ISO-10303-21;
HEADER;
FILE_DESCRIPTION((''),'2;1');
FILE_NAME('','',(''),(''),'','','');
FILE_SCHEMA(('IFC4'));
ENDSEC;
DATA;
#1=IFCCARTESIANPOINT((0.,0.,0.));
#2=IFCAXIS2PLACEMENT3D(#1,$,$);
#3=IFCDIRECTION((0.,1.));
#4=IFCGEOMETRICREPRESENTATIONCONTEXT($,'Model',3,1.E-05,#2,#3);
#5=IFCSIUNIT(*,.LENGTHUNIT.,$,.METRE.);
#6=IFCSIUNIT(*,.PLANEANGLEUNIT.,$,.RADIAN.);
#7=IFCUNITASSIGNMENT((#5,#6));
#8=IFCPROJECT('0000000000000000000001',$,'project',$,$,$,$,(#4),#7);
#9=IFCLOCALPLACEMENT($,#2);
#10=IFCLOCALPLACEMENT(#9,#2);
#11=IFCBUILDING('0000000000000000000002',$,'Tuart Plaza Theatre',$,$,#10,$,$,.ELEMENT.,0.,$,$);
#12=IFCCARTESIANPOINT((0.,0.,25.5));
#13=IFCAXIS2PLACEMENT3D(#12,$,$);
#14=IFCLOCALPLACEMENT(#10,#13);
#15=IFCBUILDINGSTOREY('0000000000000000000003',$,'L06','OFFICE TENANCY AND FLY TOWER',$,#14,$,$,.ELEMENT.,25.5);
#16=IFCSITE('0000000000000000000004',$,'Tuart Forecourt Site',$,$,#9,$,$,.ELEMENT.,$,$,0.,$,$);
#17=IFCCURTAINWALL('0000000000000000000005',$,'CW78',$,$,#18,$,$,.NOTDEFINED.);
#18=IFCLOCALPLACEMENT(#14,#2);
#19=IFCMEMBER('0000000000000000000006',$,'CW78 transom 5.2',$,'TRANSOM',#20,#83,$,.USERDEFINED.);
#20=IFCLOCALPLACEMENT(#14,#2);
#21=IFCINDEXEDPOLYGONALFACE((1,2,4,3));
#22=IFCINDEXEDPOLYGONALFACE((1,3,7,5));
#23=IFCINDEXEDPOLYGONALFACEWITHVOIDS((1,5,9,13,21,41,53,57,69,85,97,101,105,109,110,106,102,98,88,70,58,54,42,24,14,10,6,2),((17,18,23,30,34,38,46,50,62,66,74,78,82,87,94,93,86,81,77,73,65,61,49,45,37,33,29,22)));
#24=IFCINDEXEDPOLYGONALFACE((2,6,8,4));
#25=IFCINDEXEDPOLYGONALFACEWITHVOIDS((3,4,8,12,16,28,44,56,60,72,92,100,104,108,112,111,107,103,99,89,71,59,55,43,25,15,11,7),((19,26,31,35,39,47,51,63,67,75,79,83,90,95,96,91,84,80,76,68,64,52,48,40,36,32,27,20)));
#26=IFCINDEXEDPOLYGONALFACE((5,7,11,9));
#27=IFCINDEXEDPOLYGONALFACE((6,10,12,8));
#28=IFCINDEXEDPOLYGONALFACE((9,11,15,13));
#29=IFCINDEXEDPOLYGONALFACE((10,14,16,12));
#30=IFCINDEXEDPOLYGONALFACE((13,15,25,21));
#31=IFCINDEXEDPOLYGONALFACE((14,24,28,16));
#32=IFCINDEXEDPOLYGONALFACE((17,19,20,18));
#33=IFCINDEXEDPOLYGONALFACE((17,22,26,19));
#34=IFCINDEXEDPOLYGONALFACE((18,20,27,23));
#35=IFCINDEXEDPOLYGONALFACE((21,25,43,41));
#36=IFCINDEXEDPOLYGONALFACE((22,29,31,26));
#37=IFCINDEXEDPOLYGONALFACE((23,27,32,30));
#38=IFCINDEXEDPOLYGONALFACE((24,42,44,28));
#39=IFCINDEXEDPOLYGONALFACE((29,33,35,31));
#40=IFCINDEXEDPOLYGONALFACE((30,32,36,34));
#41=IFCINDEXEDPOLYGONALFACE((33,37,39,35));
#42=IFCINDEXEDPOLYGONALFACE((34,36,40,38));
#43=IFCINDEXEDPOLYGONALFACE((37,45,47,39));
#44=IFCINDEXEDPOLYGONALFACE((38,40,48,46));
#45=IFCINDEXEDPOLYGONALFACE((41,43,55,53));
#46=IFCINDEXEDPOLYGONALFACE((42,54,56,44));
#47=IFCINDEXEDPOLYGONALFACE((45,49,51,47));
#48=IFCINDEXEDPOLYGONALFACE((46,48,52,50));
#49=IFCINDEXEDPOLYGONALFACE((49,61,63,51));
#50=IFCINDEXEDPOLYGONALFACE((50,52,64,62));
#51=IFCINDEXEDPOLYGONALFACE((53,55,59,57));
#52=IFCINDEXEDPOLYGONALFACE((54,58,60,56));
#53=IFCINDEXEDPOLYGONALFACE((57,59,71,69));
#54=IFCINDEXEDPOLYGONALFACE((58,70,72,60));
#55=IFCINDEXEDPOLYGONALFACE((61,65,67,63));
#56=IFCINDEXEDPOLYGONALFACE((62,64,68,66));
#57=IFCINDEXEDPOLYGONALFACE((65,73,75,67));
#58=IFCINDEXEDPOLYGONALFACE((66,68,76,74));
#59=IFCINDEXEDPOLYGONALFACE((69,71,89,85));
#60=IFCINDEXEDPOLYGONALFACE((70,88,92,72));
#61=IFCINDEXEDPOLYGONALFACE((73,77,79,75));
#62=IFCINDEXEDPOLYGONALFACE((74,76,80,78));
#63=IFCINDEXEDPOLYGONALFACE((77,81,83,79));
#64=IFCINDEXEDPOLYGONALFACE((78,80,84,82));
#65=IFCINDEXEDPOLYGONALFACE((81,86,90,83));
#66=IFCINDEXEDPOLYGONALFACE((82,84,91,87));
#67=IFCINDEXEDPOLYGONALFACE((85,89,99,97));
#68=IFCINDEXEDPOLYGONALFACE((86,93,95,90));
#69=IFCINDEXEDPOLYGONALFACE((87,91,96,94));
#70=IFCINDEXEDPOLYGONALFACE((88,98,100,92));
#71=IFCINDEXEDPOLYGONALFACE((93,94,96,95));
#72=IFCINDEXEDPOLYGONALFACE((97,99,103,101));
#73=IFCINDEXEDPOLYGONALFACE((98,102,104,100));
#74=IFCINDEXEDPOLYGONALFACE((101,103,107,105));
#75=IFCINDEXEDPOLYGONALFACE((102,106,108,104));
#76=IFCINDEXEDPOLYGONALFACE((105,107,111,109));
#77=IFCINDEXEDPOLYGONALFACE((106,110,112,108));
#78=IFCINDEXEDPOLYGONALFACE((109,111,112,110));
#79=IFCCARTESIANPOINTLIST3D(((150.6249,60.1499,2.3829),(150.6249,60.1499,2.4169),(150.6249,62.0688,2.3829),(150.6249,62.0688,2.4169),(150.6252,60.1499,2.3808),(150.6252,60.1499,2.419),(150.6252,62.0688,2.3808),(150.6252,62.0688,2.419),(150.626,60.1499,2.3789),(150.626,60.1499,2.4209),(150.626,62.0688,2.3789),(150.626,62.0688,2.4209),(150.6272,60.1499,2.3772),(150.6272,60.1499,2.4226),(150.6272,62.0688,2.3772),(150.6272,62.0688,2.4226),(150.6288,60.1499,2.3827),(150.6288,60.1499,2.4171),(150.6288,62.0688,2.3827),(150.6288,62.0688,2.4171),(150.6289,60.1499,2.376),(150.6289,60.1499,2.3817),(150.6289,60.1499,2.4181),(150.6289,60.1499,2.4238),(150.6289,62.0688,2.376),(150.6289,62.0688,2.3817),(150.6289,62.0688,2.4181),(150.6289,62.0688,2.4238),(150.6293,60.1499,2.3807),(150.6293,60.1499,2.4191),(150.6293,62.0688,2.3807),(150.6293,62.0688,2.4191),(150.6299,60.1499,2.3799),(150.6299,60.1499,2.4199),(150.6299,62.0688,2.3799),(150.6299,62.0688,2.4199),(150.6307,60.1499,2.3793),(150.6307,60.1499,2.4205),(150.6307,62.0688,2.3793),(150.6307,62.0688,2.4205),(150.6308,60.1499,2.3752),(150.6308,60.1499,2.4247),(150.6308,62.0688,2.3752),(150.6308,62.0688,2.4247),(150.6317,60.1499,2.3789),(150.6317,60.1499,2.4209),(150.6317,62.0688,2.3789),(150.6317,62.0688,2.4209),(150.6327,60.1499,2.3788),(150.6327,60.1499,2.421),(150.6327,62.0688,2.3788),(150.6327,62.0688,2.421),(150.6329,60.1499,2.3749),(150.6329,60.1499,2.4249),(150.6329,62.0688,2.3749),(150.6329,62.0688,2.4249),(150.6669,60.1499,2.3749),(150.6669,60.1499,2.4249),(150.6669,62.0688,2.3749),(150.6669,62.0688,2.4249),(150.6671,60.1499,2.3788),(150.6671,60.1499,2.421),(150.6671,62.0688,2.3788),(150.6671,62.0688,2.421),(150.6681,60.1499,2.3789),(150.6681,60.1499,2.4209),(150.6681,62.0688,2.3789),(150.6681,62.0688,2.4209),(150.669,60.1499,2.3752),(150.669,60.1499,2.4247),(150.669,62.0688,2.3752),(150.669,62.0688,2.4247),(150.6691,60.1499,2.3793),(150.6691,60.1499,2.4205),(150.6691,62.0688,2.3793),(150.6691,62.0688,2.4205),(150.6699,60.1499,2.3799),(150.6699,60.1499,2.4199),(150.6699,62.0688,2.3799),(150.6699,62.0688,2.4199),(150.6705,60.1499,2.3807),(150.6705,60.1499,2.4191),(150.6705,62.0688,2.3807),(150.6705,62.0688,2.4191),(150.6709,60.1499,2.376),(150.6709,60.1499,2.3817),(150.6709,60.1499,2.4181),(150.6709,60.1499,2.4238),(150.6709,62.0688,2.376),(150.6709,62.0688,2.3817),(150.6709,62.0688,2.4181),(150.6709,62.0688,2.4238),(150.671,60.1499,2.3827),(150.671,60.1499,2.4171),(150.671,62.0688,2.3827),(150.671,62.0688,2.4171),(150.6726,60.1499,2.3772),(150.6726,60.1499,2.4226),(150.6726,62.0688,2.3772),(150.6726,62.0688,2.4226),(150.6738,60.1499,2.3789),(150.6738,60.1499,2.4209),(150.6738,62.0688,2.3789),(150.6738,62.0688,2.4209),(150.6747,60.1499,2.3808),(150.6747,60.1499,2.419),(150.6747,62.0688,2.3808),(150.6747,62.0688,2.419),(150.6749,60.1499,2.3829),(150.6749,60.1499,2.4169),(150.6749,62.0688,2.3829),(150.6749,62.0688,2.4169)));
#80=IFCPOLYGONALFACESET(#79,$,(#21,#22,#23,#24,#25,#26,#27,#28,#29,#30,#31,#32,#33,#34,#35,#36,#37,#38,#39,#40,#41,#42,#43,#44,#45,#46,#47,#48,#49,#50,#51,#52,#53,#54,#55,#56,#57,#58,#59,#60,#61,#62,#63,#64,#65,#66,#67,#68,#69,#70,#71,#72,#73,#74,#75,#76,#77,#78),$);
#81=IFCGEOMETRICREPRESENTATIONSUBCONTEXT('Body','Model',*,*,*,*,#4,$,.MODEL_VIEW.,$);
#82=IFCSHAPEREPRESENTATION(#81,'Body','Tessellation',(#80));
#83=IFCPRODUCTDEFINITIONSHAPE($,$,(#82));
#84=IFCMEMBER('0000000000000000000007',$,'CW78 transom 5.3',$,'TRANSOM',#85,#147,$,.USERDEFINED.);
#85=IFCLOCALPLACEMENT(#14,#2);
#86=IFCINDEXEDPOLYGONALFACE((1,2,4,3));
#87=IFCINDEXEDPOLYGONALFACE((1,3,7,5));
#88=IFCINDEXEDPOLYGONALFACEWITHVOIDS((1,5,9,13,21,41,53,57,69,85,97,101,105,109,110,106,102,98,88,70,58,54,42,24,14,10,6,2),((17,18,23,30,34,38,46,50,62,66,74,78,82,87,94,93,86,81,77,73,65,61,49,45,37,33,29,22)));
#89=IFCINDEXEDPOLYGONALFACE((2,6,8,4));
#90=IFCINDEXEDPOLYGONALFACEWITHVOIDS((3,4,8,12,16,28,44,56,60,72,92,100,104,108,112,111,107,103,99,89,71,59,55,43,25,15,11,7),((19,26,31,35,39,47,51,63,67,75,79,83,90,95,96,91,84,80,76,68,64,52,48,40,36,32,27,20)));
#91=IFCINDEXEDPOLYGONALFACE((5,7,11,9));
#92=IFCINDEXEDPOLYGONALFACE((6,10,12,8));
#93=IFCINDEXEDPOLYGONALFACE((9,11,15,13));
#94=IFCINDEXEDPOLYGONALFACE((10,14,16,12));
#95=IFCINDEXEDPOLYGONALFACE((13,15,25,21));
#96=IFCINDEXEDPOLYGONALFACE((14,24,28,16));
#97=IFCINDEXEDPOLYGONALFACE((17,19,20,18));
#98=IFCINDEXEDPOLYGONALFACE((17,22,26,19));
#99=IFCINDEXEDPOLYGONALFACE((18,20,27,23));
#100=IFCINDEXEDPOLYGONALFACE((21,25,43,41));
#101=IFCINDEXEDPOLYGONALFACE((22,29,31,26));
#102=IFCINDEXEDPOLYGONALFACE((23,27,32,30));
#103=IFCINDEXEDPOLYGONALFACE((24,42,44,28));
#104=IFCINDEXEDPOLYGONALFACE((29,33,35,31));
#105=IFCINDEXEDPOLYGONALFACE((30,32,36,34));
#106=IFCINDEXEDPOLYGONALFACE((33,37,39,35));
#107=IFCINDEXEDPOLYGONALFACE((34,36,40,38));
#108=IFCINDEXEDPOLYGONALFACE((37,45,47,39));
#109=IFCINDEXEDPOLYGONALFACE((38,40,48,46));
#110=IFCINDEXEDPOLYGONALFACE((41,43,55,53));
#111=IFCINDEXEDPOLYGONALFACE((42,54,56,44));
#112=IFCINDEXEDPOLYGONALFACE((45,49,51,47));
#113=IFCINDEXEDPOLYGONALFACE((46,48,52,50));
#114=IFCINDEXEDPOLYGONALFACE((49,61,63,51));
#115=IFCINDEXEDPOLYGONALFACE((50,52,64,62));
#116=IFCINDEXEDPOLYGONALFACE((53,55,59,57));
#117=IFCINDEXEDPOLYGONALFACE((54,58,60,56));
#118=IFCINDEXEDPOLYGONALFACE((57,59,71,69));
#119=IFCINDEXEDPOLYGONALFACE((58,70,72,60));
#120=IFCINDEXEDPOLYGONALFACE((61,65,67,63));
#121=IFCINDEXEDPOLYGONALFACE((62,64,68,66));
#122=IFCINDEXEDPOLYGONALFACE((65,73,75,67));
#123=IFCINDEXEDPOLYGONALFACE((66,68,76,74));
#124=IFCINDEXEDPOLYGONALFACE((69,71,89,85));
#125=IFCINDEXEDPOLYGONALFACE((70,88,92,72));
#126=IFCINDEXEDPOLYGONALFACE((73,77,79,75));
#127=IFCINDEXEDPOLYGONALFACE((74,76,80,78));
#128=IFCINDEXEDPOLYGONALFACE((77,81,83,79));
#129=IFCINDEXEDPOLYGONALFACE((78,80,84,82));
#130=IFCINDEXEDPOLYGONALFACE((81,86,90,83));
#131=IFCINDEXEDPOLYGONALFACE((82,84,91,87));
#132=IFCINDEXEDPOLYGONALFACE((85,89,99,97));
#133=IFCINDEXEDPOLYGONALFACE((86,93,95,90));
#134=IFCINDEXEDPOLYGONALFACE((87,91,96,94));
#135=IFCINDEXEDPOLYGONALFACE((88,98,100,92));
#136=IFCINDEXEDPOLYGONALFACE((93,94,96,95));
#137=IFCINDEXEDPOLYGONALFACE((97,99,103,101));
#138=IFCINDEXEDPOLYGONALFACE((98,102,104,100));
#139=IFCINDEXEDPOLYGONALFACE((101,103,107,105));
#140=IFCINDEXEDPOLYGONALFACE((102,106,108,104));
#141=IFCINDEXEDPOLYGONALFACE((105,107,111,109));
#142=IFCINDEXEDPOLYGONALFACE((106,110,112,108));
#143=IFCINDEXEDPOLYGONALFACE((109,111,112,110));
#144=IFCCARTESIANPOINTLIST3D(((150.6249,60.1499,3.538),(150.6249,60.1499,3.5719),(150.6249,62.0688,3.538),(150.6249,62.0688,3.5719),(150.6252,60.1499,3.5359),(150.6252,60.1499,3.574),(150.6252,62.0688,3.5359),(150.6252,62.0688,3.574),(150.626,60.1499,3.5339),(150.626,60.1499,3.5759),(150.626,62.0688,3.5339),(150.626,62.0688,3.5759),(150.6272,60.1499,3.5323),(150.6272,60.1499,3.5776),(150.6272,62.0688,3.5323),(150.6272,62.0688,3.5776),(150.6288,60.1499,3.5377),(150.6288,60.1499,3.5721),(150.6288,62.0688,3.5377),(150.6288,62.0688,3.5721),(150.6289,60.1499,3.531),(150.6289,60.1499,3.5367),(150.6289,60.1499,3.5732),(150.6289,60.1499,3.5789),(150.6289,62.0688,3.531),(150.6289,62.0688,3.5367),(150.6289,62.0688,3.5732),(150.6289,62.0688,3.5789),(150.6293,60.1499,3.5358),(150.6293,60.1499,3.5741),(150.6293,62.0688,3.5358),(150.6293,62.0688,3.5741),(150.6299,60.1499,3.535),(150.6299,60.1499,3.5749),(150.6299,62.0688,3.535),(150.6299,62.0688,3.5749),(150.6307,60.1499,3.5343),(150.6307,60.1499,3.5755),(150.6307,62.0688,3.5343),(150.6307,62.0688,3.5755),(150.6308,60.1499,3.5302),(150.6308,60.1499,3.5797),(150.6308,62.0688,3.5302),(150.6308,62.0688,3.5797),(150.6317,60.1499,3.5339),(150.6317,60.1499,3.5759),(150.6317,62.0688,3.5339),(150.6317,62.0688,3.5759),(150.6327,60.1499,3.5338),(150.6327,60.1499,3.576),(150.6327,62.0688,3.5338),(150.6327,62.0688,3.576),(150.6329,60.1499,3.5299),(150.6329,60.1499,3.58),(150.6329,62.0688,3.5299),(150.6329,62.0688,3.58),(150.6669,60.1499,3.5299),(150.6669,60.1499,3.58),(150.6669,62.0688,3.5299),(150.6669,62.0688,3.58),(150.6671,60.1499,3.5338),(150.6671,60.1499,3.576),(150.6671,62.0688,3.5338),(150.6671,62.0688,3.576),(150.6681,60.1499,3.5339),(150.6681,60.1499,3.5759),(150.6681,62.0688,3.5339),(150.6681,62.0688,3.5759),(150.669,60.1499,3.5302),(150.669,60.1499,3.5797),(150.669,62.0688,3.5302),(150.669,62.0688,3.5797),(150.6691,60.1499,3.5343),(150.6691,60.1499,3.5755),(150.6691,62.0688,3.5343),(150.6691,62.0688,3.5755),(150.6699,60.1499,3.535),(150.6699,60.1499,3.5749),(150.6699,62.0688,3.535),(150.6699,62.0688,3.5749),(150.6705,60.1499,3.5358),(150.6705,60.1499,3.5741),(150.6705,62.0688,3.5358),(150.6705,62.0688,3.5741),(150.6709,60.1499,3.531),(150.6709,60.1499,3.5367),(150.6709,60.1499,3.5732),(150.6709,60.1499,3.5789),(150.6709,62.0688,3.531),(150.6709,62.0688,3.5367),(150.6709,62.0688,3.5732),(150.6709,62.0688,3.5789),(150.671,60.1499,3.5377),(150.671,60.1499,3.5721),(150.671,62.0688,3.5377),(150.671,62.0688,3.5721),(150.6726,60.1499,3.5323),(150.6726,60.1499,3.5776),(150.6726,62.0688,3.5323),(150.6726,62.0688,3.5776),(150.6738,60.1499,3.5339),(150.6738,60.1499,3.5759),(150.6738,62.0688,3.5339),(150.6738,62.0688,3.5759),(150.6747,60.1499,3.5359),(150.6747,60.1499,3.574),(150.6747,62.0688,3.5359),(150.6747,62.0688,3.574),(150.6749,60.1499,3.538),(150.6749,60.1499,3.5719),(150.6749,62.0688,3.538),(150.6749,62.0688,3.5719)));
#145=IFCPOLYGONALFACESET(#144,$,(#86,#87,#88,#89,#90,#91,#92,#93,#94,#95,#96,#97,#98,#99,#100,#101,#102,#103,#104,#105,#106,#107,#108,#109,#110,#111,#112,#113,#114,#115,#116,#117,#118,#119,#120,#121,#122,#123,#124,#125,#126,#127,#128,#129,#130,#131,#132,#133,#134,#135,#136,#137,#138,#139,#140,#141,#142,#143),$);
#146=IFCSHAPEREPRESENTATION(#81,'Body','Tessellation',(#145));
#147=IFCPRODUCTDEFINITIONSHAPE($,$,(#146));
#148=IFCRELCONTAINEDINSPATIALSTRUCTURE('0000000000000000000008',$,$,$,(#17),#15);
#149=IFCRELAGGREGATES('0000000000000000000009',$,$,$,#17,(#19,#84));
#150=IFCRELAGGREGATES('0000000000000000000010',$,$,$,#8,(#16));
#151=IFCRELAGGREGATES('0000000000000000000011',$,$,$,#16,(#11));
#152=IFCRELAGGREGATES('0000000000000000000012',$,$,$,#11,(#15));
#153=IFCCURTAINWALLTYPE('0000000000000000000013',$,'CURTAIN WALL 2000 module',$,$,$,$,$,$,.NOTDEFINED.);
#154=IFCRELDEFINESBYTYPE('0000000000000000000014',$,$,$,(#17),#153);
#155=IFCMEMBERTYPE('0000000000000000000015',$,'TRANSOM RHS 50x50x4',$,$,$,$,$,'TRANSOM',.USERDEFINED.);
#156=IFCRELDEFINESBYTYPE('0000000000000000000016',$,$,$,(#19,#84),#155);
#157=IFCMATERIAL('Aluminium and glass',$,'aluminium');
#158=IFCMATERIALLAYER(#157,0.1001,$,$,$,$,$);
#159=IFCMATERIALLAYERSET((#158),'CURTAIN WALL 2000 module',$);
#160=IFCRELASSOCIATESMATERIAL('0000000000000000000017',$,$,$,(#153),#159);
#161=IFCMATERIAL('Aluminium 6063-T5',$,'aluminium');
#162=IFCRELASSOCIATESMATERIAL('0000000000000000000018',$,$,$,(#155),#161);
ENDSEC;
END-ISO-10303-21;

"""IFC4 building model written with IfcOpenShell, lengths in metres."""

from ifc_helpers import new_model, si_unit, direction, frame, origin, origin_2d, place, context, subcontext, project, spatial, hollow_rectangle, extrude, material, layer, layer_set, material_profile, profile_set, type_object, element, aggregate, save


model = new_model("IFC4")

# Units and contexts
model_context = context("Model", 3, precision=1e-05, world=origin(), true_north=direction((0.0, 1.0)))
body_context = subcontext(model_context, "Body", "Model", "MODEL_VIEW")
ifc_project = project(units=[si_unit("LENGTHUNIT", "METRE"), si_unit("PLANEANGLEUNIT", "RADIAN")], contexts=[model_context])

# Site, building, storey
site_placement = place(None, origin())
site = spatial("IfcSite", under=ifc_project, at=site_placement, Name="Tuart Forecourt Site", CompositionType="ELEMENT", RefElevation=0.0)
building_placement = place(site_placement, origin())
building = spatial("IfcBuilding", under=site, at=building_placement, Name="Tuart Plaza Theatre", CompositionType="ELEMENT", ElevationOfRefHeight=0.0)
storey_placement = place(building_placement, frame((0.0, 0.0, 25.5)))
storey = spatial("IfcBuildingStorey", under=building, at=storey_placement, Name="L06", Description="OFFICE TENANCY AND FLY TOWER", CompositionType="ELEMENT", Elevation=25.5)

# Curtain wall, members
ifc_material_1 = material(Name="Aluminium and glass", Category="aluminium")
ifc_layer_1 = layer(ifc_material_1, 0.1001)
ifc_layer_set_1 = layer_set([ifc_layer_1], Name="CURTAIN WALL 2000 module")
curtain_wall_type = type_object("IfcCurtainWallType", Name="CURTAIN WALL 2000 module", PredefinedType="NOTDEFINED", material=ifc_layer_set_1)
curtain_wall_placement = place(storey_placement, origin())
curtain_wall = element("IfcCurtainWall", 1, at=curtain_wall_placement, inside=storey, type_object=curtain_wall_type, Name="CW78", PredefinedType="NOTDEFINED")
ifc_material_2 = material(Name="Aluminium 6063-T5", Category="aluminium")
ifc_material_profile_1 = material_profile(ifc_material_2, hollow_rectangle(XDim=0.05, YDim=0.05, WallThickness=0.0039, InnerFilletRadius=0.0039, OuterFilletRadius=0.0081, at=origin_2d()), Name="RHS 50x50x4")
ifc_profile_set_1 = profile_set([ifc_material_profile_1], Name="Aluminium 6063-T5")
member_type_1 = type_object("IfcMemberType", Name="TRANSOM RHS 50x50x4", ElementType="TRANSOM", PredefinedType="USERDEFINED", material=ifc_profile_set_1)
member_1_placement = place(storey_placement, frame((150.6499, 60.1499, 2.3999), z_axis=(0.0, 1.0, 0.0), x_axis=(-1.0, 0.0, 0.0)))
member_1 = element("IfcMember", 2, at=member_1_placement, type_object=member_type_1, Name="CW78 transom 5.2", ObjectType="TRANSOM", PredefinedType="USERDEFINED", context=body_context, shape_type="SweptSolid", body=[
    extrude(hollow_rectangle(XDim=0.05, YDim=0.05, WallThickness=0.0039, InnerFilletRadius=0.0039, OuterFilletRadius=0.0081, at=origin_2d()), origin(), (0.0, 0.0, 1.0), 1.9189),
])
member_2_placement = place(storey_placement, frame((150.6499, 60.1499, 3.5549), z_axis=(0.0, 1.0, 0.0), x_axis=(-1.0, 0.0, 0.0)))
member_2 = element("IfcMember", 3, at=member_2_placement, type_object=member_type_1, Name="CW78 transom 5.3", ObjectType="TRANSOM", PredefinedType="USERDEFINED", context=body_context, shape_type="SweptSolid", body=[
    extrude(hollow_rectangle(XDim=0.05, YDim=0.05, WallThickness=0.0039, InnerFilletRadius=0.0039, OuterFilletRadius=0.0081, at=origin_2d()), origin(), (0.0, 0.0, 1.0), 1.9189),
])
aggregate(curtain_wall, [member_1, member_2])

save(model, "model.ifc")
